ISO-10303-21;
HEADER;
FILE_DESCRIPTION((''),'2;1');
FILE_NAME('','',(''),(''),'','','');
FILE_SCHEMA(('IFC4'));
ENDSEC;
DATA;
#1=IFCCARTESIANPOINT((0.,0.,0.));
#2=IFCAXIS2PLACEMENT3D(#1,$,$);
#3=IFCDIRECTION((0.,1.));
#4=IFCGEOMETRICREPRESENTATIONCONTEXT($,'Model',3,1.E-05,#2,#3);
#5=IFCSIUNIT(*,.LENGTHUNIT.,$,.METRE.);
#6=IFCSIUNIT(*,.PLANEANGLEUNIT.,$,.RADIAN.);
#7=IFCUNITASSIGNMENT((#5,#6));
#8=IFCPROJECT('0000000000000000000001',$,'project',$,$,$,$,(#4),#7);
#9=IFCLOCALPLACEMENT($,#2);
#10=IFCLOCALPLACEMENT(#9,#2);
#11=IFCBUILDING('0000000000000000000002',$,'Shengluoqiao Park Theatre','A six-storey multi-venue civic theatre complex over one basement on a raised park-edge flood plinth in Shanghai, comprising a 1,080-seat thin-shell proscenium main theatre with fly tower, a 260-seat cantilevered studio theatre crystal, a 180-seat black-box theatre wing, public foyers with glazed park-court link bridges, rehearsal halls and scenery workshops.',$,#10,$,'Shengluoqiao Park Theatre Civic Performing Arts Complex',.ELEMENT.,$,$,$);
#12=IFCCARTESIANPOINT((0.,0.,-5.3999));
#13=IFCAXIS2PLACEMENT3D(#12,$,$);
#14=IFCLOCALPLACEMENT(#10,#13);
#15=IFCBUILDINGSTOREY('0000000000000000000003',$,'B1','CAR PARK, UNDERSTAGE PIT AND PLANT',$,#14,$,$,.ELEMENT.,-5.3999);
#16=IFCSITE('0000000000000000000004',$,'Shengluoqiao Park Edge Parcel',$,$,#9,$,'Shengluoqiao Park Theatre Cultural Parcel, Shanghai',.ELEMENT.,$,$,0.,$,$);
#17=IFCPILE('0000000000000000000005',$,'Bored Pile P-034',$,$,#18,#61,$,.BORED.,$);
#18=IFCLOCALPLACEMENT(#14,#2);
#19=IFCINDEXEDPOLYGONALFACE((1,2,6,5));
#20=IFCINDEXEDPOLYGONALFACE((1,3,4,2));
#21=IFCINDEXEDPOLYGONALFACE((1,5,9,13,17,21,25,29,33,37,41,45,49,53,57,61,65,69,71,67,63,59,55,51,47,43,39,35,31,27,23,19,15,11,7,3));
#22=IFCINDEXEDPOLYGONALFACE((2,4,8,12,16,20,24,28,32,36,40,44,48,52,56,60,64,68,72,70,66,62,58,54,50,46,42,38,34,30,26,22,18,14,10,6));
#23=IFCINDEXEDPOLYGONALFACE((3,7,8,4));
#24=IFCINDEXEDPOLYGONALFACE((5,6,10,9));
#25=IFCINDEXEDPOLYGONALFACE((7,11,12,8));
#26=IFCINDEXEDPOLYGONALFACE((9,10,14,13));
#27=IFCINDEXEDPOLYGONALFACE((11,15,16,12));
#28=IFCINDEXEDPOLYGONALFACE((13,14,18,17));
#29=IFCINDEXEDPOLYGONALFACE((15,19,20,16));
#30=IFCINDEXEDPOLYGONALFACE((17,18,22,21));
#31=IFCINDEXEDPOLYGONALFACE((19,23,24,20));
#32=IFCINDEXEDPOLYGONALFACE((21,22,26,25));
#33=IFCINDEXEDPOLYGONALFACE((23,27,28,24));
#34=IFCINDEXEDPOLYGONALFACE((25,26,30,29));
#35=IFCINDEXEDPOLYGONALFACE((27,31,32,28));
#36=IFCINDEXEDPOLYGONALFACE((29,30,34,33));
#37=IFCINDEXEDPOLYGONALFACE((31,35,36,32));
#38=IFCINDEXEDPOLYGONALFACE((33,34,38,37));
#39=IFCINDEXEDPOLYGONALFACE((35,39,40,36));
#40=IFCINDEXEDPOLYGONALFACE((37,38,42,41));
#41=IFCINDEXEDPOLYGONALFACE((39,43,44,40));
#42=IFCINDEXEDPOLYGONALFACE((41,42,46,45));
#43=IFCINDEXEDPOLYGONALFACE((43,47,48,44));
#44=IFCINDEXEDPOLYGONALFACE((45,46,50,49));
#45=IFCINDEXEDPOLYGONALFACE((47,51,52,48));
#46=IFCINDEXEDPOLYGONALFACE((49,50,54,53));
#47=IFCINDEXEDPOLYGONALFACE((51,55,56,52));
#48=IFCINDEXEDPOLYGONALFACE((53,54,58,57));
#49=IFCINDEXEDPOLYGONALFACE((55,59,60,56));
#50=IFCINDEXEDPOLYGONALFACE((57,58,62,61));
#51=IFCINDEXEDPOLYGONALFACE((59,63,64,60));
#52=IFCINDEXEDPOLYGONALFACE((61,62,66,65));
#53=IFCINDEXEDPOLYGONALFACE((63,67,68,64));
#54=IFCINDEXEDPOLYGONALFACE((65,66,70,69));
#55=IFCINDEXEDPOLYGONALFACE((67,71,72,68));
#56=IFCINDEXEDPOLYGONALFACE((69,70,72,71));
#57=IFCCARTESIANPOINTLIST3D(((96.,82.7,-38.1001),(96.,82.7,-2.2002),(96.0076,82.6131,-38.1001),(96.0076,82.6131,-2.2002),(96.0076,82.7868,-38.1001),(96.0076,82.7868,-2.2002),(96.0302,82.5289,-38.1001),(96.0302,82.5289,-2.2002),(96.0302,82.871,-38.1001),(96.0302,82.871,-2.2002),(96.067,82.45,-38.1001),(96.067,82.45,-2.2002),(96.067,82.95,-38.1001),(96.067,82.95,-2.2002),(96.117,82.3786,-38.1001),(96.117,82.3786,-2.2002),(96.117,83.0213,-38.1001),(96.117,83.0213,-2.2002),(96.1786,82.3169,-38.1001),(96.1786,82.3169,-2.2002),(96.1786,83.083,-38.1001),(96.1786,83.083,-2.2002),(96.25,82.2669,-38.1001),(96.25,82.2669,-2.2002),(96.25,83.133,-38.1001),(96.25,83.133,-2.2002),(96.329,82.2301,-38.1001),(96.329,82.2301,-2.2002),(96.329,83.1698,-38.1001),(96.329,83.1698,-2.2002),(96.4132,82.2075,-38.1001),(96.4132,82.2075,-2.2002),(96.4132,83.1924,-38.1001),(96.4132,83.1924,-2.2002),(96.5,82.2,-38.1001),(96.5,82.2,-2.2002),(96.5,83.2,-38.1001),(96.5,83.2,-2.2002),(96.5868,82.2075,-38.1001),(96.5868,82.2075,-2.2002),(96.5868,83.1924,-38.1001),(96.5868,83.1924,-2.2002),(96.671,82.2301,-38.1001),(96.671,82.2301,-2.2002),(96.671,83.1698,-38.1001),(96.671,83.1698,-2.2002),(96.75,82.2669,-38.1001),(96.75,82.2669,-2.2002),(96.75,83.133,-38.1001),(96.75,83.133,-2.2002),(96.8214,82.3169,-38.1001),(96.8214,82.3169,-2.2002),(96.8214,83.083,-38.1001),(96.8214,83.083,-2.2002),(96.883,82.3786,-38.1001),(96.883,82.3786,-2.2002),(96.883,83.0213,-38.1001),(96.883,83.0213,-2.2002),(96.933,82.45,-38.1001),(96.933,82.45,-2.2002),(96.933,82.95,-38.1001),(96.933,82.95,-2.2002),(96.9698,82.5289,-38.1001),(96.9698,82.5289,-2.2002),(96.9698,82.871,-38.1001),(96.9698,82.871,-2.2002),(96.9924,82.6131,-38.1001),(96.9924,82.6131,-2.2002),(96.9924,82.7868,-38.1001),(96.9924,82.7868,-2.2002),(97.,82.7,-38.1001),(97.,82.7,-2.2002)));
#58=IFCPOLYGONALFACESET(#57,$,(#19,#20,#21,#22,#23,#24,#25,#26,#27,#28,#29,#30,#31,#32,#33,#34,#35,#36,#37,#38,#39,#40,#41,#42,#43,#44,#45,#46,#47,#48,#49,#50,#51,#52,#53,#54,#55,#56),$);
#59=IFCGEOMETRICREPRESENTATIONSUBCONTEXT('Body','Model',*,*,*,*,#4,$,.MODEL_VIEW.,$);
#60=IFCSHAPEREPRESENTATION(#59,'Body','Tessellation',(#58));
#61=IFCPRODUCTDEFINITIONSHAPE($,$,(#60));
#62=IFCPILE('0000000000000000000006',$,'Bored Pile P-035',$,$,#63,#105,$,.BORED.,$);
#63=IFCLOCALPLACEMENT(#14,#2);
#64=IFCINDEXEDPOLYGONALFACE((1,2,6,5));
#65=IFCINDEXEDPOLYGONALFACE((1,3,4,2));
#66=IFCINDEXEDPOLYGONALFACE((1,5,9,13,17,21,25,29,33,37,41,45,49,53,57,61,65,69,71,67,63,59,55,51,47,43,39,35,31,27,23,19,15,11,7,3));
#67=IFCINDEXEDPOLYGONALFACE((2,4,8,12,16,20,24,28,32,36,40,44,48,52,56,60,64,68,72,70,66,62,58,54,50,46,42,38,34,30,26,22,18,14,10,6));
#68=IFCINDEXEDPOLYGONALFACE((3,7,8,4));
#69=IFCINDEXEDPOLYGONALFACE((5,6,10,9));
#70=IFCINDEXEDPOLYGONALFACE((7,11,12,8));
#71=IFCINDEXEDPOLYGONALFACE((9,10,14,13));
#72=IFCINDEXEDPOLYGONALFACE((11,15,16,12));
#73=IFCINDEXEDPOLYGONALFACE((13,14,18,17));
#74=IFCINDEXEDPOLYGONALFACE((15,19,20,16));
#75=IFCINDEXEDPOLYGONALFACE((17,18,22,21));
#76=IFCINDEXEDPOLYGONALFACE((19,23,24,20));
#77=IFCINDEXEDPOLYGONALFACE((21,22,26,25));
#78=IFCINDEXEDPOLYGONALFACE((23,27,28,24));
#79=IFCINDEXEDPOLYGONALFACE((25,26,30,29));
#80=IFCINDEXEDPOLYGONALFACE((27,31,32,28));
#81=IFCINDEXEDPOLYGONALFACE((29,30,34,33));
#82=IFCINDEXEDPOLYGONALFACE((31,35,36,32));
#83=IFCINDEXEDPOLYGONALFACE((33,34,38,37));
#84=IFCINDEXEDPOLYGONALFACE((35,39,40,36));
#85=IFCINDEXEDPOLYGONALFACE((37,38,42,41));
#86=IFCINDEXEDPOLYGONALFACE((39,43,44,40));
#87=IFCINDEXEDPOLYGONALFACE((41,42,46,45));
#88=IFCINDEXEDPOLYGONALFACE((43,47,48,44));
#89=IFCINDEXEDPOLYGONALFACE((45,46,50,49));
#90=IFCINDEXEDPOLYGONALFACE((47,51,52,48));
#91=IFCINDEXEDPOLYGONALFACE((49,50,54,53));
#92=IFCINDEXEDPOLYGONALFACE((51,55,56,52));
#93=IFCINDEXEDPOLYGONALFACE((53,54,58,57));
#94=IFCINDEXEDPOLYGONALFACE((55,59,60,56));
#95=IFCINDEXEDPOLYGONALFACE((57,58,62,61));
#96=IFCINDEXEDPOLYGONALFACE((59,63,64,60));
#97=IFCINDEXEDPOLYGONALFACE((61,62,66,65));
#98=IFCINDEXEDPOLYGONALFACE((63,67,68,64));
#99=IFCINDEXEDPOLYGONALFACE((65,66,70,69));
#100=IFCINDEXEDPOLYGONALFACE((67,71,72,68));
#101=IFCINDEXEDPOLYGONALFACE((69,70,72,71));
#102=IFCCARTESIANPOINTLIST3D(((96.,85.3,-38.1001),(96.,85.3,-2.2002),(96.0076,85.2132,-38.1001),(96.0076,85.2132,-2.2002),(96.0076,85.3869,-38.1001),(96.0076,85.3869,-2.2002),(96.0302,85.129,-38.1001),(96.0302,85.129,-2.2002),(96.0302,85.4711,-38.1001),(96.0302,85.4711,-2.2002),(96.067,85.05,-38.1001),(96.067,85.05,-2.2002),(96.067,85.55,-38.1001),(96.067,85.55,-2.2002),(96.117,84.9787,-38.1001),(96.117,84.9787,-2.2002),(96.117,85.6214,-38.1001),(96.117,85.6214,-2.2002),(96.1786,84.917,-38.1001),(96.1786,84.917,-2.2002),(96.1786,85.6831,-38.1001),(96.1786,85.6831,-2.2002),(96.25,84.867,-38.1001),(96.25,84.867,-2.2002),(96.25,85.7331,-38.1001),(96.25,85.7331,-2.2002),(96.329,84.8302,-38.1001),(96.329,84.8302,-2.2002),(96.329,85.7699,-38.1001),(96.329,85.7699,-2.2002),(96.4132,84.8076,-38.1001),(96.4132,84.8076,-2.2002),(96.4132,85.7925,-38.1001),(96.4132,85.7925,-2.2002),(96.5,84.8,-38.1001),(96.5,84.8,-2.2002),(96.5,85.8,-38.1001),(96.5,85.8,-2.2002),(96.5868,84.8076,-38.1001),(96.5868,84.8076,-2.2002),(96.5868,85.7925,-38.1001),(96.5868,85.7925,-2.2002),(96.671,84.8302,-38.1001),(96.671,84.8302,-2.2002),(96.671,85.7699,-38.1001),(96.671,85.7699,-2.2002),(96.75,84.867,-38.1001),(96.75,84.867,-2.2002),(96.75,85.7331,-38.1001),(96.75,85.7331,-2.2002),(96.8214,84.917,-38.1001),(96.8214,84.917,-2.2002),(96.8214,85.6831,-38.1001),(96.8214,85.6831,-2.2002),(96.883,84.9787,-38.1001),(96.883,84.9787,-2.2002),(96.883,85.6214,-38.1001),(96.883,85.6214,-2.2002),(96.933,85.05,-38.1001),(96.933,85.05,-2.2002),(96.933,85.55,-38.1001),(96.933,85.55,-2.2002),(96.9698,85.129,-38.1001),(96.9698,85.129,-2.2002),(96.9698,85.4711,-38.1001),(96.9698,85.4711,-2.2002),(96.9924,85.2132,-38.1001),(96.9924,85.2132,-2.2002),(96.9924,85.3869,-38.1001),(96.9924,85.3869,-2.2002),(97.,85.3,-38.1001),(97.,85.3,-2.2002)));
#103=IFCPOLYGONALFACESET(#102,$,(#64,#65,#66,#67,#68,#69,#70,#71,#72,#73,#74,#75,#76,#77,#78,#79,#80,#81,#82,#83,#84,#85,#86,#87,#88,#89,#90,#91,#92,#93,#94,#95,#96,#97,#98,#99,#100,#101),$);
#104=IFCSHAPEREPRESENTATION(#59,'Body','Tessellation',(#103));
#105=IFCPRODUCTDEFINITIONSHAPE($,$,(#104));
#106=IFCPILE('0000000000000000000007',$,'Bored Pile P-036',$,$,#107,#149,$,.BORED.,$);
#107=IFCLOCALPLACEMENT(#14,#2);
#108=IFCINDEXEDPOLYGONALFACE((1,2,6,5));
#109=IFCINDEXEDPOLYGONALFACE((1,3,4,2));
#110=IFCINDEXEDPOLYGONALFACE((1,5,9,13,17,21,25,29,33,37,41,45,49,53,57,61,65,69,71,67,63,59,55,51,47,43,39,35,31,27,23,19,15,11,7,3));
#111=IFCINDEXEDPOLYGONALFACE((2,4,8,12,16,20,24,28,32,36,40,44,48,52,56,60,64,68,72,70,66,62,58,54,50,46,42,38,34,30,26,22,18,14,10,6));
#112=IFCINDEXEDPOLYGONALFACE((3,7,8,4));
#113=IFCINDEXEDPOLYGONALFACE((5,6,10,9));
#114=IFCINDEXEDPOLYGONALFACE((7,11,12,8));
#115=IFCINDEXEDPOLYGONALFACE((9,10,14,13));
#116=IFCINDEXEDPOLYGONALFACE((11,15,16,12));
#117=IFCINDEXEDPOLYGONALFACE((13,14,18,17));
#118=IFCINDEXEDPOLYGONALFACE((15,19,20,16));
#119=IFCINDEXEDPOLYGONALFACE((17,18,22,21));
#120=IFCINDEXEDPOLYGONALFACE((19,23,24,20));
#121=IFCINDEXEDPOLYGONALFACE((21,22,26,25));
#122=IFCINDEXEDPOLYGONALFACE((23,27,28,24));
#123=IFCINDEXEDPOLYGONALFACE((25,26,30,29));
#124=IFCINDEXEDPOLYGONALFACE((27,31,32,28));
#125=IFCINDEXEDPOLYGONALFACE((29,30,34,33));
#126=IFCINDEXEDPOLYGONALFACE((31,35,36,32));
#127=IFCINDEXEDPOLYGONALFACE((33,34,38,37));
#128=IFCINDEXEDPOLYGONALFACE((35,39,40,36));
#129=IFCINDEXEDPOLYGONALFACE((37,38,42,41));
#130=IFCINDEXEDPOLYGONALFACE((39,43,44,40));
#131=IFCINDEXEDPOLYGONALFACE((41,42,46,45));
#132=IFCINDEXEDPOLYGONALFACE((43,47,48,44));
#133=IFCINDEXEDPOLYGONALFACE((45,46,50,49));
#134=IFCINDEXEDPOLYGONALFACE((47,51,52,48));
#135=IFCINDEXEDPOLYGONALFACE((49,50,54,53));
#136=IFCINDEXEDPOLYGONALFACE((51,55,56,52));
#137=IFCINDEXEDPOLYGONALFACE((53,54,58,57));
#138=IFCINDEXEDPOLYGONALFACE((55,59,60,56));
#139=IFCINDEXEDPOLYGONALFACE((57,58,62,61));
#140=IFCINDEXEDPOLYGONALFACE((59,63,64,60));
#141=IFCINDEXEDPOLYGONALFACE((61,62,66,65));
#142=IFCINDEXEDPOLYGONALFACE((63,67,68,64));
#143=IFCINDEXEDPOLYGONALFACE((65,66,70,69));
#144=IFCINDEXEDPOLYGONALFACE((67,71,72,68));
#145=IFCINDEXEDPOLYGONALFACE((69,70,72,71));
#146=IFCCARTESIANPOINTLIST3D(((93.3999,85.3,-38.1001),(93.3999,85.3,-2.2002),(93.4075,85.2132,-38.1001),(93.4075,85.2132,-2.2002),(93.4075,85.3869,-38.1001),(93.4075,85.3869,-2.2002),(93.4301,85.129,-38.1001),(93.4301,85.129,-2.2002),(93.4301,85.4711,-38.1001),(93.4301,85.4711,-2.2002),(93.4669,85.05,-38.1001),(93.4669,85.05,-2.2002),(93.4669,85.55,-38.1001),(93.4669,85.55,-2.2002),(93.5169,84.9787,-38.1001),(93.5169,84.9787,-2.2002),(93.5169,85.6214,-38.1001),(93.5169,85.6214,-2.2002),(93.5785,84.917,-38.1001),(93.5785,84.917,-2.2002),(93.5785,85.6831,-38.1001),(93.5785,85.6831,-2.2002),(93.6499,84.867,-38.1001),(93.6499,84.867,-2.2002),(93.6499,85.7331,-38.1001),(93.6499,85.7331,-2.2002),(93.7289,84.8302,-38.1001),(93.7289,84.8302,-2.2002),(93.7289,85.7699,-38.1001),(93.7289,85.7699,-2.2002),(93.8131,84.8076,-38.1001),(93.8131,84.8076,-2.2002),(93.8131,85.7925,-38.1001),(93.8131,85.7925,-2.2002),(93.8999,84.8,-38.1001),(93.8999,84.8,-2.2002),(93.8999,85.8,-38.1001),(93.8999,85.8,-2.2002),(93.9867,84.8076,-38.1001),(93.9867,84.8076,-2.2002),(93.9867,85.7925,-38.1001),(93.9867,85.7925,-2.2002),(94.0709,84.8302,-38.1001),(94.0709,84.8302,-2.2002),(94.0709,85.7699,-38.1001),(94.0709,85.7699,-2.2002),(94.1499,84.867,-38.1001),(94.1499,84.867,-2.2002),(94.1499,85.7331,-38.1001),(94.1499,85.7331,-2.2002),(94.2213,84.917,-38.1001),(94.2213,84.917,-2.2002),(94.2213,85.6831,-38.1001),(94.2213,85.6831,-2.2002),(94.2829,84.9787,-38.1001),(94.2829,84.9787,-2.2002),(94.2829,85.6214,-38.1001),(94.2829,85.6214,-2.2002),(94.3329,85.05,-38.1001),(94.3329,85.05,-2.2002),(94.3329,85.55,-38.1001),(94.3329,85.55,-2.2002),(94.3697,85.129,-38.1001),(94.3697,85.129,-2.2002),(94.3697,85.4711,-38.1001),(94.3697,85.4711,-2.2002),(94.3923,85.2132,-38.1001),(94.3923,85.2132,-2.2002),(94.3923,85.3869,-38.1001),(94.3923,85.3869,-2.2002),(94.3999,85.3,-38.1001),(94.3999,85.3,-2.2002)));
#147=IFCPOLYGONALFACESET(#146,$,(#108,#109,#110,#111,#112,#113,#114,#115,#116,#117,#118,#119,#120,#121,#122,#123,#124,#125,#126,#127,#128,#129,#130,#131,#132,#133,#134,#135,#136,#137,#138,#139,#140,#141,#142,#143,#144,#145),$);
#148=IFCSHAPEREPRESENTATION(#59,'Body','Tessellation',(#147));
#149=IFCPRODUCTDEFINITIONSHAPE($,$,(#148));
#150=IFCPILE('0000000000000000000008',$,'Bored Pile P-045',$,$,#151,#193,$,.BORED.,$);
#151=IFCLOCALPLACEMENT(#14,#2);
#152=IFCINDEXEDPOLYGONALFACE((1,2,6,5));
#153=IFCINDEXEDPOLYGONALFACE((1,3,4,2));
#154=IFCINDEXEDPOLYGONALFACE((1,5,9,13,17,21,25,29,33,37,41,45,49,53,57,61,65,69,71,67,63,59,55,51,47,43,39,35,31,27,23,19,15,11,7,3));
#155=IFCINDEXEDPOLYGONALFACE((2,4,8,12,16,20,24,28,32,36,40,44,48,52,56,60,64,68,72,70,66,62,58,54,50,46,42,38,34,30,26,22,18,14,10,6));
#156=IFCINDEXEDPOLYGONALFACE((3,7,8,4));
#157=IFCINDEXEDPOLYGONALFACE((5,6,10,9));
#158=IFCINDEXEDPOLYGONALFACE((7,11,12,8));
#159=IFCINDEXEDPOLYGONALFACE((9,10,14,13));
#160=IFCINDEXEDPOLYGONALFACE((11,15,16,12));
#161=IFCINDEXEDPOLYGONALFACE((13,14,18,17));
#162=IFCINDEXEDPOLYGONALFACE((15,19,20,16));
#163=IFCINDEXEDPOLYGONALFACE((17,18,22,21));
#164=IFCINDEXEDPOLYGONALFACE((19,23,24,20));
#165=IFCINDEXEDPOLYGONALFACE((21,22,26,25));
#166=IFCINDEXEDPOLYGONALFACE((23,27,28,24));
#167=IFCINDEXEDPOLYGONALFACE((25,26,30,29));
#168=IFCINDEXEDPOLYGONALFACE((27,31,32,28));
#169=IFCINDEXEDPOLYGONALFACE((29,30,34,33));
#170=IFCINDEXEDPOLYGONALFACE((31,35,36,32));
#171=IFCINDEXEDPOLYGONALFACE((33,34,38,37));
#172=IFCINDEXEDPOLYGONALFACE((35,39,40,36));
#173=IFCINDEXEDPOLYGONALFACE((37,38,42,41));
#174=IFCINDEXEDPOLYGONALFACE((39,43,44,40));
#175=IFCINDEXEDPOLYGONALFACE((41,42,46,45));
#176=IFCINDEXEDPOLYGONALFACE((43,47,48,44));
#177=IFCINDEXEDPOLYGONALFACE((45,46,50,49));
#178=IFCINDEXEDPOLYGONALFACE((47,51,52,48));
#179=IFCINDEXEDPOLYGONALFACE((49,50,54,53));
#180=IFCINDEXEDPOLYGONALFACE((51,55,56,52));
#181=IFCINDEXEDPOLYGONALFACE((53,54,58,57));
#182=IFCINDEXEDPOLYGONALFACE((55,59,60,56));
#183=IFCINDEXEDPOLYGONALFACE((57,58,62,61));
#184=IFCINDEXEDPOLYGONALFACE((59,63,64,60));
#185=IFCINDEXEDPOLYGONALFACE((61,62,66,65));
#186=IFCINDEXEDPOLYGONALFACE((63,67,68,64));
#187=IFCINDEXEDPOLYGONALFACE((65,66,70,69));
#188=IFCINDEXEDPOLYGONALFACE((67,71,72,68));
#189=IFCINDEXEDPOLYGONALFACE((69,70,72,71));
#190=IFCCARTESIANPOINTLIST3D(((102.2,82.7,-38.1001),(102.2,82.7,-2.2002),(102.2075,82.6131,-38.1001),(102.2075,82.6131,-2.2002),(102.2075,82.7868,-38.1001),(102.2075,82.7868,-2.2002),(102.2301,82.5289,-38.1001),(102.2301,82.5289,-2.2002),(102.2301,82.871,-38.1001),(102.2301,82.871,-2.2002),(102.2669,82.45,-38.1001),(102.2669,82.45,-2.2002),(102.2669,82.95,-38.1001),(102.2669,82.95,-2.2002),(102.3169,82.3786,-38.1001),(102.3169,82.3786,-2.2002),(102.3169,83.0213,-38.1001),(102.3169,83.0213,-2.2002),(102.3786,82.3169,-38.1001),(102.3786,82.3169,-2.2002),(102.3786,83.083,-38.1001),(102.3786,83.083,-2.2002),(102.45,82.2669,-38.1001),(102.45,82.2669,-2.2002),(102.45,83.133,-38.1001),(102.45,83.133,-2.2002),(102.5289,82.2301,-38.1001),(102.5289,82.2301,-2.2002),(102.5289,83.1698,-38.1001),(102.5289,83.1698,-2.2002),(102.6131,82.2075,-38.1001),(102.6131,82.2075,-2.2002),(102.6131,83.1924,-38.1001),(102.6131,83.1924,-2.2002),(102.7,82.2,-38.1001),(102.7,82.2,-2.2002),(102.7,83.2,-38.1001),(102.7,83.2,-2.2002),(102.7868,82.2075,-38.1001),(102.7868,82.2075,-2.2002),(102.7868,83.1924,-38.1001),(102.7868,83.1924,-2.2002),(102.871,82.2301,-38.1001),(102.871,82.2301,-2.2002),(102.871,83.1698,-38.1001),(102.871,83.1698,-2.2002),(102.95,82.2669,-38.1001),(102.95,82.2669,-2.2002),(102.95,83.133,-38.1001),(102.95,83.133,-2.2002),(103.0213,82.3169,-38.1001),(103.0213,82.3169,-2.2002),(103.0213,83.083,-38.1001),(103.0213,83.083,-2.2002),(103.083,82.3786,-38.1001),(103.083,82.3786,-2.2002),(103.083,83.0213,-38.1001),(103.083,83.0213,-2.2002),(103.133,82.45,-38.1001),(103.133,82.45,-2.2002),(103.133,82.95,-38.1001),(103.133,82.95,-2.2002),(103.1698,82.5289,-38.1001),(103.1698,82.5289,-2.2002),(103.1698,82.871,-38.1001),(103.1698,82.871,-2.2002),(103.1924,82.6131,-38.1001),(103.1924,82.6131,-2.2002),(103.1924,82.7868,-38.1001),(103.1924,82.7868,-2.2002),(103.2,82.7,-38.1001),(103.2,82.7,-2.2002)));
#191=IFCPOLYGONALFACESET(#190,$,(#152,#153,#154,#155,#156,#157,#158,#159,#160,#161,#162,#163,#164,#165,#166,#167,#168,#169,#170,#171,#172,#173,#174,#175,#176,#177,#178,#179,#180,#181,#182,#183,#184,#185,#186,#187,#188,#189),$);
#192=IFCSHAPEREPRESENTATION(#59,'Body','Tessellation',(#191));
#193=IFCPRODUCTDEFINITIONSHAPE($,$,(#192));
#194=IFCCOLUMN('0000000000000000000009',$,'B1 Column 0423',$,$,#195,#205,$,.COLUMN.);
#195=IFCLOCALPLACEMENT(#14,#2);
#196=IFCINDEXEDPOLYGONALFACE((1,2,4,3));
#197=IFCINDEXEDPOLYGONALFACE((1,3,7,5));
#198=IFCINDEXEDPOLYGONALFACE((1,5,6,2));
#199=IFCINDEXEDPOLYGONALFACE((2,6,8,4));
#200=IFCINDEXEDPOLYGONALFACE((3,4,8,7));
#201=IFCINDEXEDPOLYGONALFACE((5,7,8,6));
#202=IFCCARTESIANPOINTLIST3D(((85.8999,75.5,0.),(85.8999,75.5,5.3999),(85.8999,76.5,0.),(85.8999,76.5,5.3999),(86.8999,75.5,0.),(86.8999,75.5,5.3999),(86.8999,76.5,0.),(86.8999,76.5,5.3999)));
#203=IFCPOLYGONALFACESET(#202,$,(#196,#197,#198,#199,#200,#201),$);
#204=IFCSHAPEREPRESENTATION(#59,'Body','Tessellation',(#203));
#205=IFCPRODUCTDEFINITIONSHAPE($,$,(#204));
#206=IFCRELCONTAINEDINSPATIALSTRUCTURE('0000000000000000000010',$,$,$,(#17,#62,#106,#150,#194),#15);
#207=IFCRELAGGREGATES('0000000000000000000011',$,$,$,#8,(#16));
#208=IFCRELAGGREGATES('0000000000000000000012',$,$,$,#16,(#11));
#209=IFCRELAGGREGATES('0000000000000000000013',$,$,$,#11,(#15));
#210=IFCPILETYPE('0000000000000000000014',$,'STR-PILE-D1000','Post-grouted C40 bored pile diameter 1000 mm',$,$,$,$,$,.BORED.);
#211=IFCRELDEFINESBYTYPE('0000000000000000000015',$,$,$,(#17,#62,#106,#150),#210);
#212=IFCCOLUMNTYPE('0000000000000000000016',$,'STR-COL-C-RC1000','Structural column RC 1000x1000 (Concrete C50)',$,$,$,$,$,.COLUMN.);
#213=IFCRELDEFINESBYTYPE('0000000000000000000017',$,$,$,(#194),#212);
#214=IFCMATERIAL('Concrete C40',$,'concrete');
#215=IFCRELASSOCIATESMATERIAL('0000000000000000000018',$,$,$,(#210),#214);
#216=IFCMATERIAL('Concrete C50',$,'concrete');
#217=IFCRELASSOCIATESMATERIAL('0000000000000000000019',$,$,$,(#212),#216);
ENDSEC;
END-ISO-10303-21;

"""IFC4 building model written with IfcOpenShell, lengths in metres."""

from ifc_helpers import new_model, si_unit, direction, frame, origin, origin_2d, place, context, subcontext, project, spatial, rectangle, circle, extrude, material, material_profile, profile_set, type_object, element, save


model = new_model("IFC4")

# Units and contexts
model_context = context("Model", 3, precision=1e-05, world=origin(), true_north=direction((0.0, 1.0)))
body_context = subcontext(model_context, "Body", "Model", "MODEL_VIEW")
ifc_project = project(units=[si_unit("LENGTHUNIT", "METRE"), si_unit("PLANEANGLEUNIT", "RADIAN")], contexts=[model_context])

# Site, building, storey
site_placement = place(None, origin())
site = spatial("IfcSite", under=ifc_project, at=site_placement, Name="Shengluoqiao Park Edge Parcel", LongName="Shengluoqiao Park Theatre Cultural Parcel, Shanghai", CompositionType="ELEMENT", RefElevation=0.0)
building_placement = place(site_placement, origin())
building = spatial("IfcBuilding", under=site, at=building_placement, Name="Shengluoqiao Park Theatre", Description="A six-storey multi-venue civic theatre complex over one basement on a raised park-edge flood plinth in Shanghai, comprising a 1,080-seat thin-shell proscenium main theatre with fly tower, a 260-seat cantilevered studio theatre crystal, a 180-seat black-box theatre wing, public foyers with glazed park-court link bridges, rehearsal halls and scenery workshops.", LongName="Shengluoqiao Park Theatre Civic Performing Arts Complex", CompositionType="ELEMENT")
storey_placement = place(building_placement, frame((0.0, 0.0, -5.3999)))
storey = spatial("IfcBuildingStorey", under=building, at=storey_placement, Name="B1", Description="CAR PARK, UNDERSTAGE PIT AND PLANT", CompositionType="ELEMENT", Elevation=-5.3999)

# Shared definitions
ifc_material_1 = material(Name="Concrete C40", Category="concrete")

# Piles
ifc_material_profile_1 = material_profile(ifc_material_1, circle(Radius=0.5, at=origin_2d()), Name="BORED PILE D1000")
ifc_profile_set_1 = profile_set([ifc_material_profile_1], Name="Concrete C40")
pile_type = type_object("IfcPileType", Name="STR-PILE-D1000", Description="Post-grouted C40 bored pile diameter 1000 mm", PredefinedType="BORED", material=ifc_profile_set_1)
for number, where, z_axis, x_axis, name in (
    (1, (96.5, 82.7, -2.2002), (0.0, 0.0, -1.0), (1.0, 0.0, 0.0), "Bored Pile P-034"),
    (2, (96.5, 85.3, -2.2002), (0.0, 0.0, -1.0), (1.0, 0.0, 0.0), "Bored Pile P-035"),
    (3, (93.8999, 85.3, -2.2002), (0.0, 0.0, -1.0), (1.0, 0.0, 0.0), "Bored Pile P-036"),
    (4, (102.7, 82.7, -2.2002), (0.0, 0.0, -1.0), (1.0, 0.0, 0.0), "Bored Pile P-045"),
):
    element("IfcPile", number, at=place(storey_placement, frame(where, z_axis=z_axis, x_axis=x_axis)), inside=storey, type_object=pile_type, Name=name, PredefinedType="BORED", context=body_context, shape_type="SweptSolid", body=[
        extrude(circle(Radius=0.5, at=origin_2d()), origin(), (0.0, 0.0, 1.0), 35.8999),
    ])

# Column
ifc_material_2 = material(Name="Concrete C50", Category="concrete")
ifc_material_profile_2 = material_profile(ifc_material_2, rectangle(XDim=1.0, YDim=1.0, at=origin_2d()), Name="RC 1000x1000")
ifc_profile_set_2 = profile_set([ifc_material_profile_2], Name="Concrete C50")
column_type_1 = type_object("IfcColumnType", Name="STR-COL-C-RC1000", Description="Structural column RC 1000x1000 (Concrete C50)", PredefinedType="COLUMN", material=ifc_profile_set_2)
for number, where, z_axis, x_axis, name in (
    (5, (86.3999, 76.0, 0.0), (0.0, 0.0, 1.0), (1.0, 0.0, 0.0), "B1 Column 0423"),
):
    element("IfcColumn", number, at=place(storey_placement, frame(where, z_axis=z_axis, x_axis=x_axis)), inside=storey, type_object=column_type_1, Name=name, PredefinedType="COLUMN", context=body_context, shape_type="SweptSolid", body=[
        extrude(rectangle(XDim=1.0, YDim=1.0, at=origin_2d()), origin(), (0.0, 0.0, 1.0), 5.3999),
    ])

save(model, "model.ifc")
